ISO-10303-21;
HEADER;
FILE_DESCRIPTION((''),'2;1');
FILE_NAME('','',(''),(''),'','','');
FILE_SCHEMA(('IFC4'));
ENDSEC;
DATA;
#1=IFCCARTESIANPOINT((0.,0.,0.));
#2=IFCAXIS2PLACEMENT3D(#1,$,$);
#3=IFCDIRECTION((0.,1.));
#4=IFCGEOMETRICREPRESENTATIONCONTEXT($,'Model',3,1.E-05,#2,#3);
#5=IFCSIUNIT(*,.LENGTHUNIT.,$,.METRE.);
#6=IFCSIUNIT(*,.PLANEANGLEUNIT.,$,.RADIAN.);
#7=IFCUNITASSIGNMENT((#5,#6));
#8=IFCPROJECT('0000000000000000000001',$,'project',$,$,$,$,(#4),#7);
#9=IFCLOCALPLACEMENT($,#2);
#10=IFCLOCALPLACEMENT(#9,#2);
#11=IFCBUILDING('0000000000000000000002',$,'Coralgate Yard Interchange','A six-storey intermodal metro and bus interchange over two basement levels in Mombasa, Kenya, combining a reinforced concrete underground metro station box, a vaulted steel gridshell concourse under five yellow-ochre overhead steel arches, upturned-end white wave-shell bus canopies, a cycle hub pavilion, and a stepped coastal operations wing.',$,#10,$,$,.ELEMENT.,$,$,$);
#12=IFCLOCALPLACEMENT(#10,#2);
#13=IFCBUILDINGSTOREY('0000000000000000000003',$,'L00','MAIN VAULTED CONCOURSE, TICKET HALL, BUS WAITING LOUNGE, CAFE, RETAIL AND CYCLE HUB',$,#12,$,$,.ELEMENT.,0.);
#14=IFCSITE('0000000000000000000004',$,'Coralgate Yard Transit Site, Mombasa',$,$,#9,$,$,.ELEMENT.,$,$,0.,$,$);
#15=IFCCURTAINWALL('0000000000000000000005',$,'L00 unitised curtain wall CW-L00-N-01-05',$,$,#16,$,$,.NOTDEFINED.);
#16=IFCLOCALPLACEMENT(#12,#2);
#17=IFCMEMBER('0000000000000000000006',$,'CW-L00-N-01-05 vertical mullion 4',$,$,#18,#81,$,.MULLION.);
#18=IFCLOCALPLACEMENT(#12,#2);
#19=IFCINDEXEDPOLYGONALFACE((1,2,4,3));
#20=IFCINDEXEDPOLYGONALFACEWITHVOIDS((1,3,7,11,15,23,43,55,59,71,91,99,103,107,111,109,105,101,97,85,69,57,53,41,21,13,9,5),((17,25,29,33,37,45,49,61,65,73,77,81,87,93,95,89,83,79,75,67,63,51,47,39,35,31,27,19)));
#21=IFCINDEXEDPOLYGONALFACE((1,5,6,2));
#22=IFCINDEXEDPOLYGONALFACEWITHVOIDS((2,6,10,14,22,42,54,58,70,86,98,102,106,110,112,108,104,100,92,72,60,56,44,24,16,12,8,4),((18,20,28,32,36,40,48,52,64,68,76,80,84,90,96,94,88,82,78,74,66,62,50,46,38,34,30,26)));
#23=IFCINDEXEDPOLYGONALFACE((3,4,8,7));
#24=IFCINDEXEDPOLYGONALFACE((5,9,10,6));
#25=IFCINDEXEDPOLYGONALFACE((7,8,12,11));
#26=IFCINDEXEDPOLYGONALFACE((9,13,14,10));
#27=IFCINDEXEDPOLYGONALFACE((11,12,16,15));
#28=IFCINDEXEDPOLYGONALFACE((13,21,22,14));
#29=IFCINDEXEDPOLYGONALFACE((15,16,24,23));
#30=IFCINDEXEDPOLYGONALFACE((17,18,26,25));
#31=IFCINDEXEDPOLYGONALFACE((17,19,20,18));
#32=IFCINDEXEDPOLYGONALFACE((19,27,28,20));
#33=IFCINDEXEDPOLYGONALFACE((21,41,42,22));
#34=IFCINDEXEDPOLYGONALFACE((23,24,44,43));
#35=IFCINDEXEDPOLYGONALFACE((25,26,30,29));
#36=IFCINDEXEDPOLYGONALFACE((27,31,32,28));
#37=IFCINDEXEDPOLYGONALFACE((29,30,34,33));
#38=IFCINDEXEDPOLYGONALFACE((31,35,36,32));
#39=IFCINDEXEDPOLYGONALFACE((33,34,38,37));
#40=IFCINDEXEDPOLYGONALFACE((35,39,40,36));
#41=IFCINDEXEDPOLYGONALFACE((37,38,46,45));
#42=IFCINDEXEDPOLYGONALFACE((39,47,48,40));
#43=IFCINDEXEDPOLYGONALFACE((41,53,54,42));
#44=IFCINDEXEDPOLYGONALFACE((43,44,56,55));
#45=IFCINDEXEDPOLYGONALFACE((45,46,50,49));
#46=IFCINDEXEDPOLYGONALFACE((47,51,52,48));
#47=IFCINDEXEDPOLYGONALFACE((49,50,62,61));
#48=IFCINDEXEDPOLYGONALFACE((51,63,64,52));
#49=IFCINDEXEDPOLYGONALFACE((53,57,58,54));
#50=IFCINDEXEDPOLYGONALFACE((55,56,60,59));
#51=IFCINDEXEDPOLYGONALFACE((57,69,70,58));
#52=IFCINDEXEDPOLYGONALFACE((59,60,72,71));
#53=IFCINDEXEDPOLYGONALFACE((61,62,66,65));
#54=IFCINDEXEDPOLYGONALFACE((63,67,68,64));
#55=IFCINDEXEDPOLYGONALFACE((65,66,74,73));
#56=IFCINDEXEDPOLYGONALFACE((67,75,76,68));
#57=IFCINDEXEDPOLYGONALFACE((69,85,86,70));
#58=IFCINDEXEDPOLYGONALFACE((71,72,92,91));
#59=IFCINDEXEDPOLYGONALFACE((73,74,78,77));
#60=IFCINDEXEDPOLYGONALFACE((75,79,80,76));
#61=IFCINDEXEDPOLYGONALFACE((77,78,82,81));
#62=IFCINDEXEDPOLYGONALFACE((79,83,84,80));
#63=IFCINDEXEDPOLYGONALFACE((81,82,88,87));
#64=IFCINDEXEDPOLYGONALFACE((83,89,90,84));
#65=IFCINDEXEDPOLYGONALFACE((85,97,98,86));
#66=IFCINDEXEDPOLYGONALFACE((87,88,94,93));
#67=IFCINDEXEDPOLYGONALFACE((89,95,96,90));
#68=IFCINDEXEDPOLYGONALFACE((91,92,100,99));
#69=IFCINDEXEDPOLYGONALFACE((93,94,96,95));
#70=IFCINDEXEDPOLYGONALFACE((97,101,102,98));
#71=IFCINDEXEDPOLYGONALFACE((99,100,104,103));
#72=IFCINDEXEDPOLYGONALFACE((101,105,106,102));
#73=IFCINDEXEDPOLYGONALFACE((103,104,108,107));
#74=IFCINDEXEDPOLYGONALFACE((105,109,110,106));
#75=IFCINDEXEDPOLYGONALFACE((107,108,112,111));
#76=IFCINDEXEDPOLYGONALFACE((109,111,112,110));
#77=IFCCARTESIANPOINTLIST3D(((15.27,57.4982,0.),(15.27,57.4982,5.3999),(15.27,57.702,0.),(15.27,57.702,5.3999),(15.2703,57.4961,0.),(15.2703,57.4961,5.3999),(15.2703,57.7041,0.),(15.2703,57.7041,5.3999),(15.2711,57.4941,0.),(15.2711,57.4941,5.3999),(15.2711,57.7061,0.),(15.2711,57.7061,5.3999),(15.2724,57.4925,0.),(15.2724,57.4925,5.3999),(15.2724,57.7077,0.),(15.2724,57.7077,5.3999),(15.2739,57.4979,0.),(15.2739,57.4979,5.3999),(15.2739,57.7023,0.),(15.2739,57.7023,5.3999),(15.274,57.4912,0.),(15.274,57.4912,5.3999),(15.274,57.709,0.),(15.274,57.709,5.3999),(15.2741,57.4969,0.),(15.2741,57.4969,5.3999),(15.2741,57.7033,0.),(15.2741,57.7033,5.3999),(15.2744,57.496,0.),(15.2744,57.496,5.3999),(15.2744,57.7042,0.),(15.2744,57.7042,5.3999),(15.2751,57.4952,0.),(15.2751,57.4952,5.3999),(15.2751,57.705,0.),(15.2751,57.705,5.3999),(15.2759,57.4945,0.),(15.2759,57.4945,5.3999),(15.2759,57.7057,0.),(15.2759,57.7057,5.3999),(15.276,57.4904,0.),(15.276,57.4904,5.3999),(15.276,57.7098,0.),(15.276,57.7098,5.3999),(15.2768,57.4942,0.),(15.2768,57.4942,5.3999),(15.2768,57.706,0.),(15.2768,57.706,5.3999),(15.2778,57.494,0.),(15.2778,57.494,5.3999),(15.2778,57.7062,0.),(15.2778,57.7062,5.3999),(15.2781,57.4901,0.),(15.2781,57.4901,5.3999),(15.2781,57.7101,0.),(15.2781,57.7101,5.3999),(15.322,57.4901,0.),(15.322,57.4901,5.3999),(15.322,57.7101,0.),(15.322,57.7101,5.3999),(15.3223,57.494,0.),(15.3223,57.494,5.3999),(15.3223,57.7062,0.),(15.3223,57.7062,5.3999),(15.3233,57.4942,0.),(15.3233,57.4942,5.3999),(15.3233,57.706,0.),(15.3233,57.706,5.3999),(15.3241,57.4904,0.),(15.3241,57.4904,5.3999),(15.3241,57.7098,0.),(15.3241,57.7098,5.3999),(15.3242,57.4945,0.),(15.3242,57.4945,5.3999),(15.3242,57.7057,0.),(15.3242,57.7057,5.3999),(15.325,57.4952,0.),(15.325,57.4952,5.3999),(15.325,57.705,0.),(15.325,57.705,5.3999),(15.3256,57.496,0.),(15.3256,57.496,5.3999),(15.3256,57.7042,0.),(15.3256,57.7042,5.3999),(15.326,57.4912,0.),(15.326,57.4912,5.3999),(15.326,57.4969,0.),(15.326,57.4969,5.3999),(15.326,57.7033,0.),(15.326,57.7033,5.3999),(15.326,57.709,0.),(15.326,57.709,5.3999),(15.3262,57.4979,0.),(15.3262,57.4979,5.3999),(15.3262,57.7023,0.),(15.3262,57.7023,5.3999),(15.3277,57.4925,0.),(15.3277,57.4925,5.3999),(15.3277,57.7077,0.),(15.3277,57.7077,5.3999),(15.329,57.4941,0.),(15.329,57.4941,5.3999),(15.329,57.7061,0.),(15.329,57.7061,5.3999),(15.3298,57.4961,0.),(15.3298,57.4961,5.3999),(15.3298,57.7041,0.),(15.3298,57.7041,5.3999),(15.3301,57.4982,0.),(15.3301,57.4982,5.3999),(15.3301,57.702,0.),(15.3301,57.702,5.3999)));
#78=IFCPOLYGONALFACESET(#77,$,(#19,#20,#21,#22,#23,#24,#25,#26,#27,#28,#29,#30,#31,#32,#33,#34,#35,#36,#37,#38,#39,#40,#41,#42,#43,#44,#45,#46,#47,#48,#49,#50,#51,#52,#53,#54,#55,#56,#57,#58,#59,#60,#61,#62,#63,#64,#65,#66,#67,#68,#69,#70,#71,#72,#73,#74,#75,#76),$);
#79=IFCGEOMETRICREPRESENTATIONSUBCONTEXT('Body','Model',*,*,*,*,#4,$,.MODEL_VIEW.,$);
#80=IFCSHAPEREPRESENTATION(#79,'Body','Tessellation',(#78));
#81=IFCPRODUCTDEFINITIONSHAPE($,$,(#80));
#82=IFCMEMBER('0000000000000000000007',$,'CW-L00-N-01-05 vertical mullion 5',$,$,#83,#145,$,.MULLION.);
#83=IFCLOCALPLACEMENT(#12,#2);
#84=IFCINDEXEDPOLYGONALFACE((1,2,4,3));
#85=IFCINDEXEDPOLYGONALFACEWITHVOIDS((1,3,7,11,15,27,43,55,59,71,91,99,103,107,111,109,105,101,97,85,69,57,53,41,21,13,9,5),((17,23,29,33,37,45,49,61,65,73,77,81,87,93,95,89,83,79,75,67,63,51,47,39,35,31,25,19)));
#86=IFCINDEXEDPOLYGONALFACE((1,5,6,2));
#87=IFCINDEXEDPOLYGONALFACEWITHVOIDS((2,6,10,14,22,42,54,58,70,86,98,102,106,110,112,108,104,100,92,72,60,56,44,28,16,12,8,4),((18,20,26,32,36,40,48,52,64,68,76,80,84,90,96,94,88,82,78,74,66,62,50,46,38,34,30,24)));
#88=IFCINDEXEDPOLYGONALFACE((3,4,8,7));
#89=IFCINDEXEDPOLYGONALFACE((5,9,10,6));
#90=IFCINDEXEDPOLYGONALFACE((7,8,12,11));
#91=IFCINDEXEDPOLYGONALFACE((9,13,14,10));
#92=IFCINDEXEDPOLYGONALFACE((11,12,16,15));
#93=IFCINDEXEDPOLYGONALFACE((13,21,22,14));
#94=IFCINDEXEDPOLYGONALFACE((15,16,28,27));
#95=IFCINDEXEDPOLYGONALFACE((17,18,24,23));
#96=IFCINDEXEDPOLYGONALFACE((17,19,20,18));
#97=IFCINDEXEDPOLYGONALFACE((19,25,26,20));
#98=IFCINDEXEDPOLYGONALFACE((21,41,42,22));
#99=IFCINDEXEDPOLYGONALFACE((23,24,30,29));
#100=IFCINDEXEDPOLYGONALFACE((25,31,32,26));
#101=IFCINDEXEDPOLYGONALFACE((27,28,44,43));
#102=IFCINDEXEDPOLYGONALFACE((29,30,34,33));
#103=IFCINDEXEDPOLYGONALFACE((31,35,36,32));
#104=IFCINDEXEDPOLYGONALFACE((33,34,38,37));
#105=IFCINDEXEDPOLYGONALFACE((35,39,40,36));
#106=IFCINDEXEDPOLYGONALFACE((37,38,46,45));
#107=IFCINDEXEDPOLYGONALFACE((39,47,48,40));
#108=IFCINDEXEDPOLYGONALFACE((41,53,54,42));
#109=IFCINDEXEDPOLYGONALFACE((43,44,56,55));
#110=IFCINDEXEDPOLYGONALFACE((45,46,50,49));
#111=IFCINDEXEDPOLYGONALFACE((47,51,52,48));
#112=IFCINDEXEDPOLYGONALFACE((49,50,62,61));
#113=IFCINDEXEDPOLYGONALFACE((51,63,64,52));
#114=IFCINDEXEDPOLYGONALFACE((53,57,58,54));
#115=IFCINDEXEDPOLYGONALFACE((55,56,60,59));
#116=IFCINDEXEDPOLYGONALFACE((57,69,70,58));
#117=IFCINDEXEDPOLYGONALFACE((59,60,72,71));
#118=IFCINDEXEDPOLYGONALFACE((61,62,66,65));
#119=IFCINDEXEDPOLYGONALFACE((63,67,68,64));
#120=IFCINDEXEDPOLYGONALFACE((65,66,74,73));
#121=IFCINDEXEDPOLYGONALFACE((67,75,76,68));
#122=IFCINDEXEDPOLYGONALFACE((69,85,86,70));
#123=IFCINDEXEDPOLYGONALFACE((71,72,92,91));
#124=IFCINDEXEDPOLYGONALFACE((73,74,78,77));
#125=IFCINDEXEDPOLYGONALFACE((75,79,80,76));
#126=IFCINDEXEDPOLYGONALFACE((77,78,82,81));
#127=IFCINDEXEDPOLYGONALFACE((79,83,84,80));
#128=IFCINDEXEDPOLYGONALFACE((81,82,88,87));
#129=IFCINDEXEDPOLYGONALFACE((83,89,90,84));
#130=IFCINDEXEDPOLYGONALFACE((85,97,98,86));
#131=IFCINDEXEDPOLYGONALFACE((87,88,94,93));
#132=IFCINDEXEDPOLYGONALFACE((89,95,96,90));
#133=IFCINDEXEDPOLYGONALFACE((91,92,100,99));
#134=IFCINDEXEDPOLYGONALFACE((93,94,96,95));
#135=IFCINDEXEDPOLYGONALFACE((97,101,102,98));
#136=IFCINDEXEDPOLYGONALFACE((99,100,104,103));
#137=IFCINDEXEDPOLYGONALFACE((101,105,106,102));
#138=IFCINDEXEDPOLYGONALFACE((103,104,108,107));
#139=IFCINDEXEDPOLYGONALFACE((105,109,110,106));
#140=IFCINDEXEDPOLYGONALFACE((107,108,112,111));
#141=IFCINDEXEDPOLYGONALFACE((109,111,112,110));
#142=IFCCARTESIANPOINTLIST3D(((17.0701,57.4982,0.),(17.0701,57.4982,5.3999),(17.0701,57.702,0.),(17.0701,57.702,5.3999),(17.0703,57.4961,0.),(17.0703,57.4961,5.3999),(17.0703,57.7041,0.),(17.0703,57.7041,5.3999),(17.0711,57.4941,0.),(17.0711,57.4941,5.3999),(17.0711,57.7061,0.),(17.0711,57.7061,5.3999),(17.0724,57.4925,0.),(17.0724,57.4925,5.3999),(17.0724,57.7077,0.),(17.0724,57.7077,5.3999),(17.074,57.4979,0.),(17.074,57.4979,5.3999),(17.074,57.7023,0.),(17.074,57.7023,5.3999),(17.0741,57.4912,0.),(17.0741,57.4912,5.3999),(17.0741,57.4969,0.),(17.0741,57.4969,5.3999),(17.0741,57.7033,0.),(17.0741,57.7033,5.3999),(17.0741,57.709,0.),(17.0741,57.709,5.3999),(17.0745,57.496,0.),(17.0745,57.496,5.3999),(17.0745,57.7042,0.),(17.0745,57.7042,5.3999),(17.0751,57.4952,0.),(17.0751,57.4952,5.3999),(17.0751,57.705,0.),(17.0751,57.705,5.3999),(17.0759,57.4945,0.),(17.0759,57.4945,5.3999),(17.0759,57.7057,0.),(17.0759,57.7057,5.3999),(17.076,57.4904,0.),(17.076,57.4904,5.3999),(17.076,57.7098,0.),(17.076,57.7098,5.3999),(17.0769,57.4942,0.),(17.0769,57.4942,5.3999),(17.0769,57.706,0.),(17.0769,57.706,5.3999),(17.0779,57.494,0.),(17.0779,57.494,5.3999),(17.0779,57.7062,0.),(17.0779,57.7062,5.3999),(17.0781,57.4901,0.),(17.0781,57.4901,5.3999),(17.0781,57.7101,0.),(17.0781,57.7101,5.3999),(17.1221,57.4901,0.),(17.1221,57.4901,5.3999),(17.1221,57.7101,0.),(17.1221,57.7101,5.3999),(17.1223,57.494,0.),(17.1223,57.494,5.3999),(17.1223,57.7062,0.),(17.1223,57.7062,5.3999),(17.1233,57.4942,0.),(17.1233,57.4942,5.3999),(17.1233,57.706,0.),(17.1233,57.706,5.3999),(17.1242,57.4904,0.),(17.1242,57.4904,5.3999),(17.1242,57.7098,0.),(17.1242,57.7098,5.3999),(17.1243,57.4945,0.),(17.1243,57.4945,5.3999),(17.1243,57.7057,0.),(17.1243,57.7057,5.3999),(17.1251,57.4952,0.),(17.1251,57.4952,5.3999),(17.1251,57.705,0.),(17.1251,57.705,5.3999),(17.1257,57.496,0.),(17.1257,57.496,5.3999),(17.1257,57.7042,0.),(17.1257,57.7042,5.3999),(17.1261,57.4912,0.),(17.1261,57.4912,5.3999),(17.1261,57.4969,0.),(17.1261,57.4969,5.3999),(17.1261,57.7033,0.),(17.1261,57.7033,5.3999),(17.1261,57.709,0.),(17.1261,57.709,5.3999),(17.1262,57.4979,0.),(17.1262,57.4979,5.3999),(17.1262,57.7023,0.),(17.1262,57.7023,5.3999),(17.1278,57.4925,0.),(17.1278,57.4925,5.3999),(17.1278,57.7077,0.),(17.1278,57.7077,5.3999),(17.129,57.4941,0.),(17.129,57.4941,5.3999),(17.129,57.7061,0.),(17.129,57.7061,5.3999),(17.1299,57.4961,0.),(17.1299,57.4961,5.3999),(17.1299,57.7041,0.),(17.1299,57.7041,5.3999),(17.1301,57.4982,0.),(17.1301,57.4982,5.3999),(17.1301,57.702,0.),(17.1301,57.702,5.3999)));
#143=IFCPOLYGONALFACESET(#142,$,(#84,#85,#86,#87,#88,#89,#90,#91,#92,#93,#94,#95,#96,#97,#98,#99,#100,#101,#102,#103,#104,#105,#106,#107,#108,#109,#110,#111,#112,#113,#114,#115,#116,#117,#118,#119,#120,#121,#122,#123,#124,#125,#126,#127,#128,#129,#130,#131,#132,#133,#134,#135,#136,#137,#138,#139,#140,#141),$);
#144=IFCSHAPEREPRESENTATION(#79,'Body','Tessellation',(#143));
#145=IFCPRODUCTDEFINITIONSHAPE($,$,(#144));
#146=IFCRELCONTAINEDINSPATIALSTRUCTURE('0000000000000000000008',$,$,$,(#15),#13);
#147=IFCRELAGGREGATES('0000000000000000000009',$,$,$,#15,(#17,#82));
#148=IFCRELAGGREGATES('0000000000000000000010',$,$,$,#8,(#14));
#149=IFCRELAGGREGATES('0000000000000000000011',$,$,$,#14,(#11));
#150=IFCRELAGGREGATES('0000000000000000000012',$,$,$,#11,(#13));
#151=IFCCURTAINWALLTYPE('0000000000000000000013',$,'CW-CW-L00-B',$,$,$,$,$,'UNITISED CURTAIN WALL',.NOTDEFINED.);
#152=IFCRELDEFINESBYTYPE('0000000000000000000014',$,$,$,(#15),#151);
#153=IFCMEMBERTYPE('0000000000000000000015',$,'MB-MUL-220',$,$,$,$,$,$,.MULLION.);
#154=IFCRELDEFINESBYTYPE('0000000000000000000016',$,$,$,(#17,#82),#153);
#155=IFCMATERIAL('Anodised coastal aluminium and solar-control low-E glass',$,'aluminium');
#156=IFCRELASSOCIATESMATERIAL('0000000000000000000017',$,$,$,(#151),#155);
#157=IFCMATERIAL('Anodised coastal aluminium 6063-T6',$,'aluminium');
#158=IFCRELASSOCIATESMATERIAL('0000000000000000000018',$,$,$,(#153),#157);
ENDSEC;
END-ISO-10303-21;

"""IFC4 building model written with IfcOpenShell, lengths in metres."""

from ifc_helpers import new_model, si_unit, direction, frame, origin, origin_2d, place, context, subcontext, project, spatial, hollow_rectangle, extrude, material, material_profile, profile_set, type_object, element, aggregate, save


model = new_model("IFC4")

# Units and contexts
model_context = context("Model", 3, precision=1e-05, world=origin(), true_north=direction((0.0, 1.0)))
body_context = subcontext(model_context, "Body", "Model", "MODEL_VIEW")
ifc_project = project(units=[si_unit("LENGTHUNIT", "METRE"), si_unit("PLANEANGLEUNIT", "RADIAN")], contexts=[model_context])

# Site, building, storey
site_placement = place(None, origin())
site = spatial("IfcSite", under=ifc_project, at=site_placement, Name="Coralgate Yard Transit Site, Mombasa", CompositionType="ELEMENT", RefElevation=0.0)
building_placement = place(site_placement, origin())
building = spatial("IfcBuilding", under=site, at=building_placement, Name="Coralgate Yard Interchange", Description="A six-storey intermodal metro and bus interchange over two basement levels in Mombasa, Kenya, combining a reinforced concrete underground metro station box, a vaulted steel gridshell concourse under five yellow-ochre overhead steel arches, upturned-end white wave-shell bus canopies, a cycle hub pavilion, and a stepped coastal operations wing.", CompositionType="ELEMENT")
storey_placement = place(building_placement, origin())
storey = spatial("IfcBuildingStorey", under=building, at=storey_placement, Name="L00", Description="MAIN VAULTED CONCOURSE, TICKET HALL, BUS WAITING LOUNGE, CAFE, RETAIL AND CYCLE HUB", CompositionType="ELEMENT", Elevation=0.0)

# Curtain wall, members
ifc_material_1 = material(Name="Anodised coastal aluminium and solar-control low-E glass", Category="aluminium")
curtain_wall_type = type_object("IfcCurtainWallType", Name="CW-CW-L00-B", ElementType="UNITISED CURTAIN WALL", PredefinedType="NOTDEFINED", material=ifc_material_1)
curtain_wall_1_placement = place(storey_placement, origin())
curtain_wall_1 = element("IfcCurtainWall", 1, at=curtain_wall_1_placement, inside=storey, type_object=curtain_wall_type, Name="L00 unitised curtain wall CW-L00-N-01-05", PredefinedType="NOTDEFINED")
ifc_material_2 = material(Name="Anodised coastal aluminium 6063-T6", Category="aluminium")
ifc_material_profile_1 = material_profile(ifc_material_2, hollow_rectangle(XDim=0.0601, YDim=0.22, WallThickness=0.0039, InnerFilletRadius=0.0039, OuterFilletRadius=0.0081, at=origin_2d()), Name="ALU 60x220x4")
ifc_profile_set_1 = profile_set([ifc_material_profile_1], Name="Anodised coastal aluminium 6063-T6")
member_type_1 = type_object("IfcMemberType", Name="MB-MUL-220", PredefinedType="MULLION", material=ifc_profile_set_1)
member_1_placement = place(storey_placement, frame((15.3, 57.6001, 0.0), z_axis=(0.0, 0.0, 1.0), x_axis=(1.0, 0.0, 0.0)))
member_1 = element("IfcMember", 2, at=member_1_placement, type_object=member_type_1, Name="CW-L00-N-01-05 vertical mullion 4", PredefinedType="MULLION", context=body_context, shape_type="SweptSolid", body=[
    extrude(hollow_rectangle(XDim=0.0601, YDim=0.22, WallThickness=0.0039, InnerFilletRadius=0.0039, OuterFilletRadius=0.0081, at=origin_2d()), origin(), (0.0, 0.0, 1.0), 5.3999),
])
member_2_placement = place(storey_placement, frame((17.1001, 57.6001, 0.0), z_axis=(0.0, 0.0, 1.0), x_axis=(1.0, 0.0, 0.0)))
member_2 = element("IfcMember", 3, at=member_2_placement, type_object=member_type_1, Name="CW-L00-N-01-05 vertical mullion 5", PredefinedType="MULLION", context=body_context, shape_type="SweptSolid", body=[
    extrude(hollow_rectangle(XDim=0.0601, YDim=0.22, WallThickness=0.0039, InnerFilletRadius=0.0039, OuterFilletRadius=0.0081, at=origin_2d()), origin(), (0.0, 0.0, 1.0), 5.3999),
])

aggregate(curtain_wall_1, [member_1, member_2])

save(model, "model.ifc")
